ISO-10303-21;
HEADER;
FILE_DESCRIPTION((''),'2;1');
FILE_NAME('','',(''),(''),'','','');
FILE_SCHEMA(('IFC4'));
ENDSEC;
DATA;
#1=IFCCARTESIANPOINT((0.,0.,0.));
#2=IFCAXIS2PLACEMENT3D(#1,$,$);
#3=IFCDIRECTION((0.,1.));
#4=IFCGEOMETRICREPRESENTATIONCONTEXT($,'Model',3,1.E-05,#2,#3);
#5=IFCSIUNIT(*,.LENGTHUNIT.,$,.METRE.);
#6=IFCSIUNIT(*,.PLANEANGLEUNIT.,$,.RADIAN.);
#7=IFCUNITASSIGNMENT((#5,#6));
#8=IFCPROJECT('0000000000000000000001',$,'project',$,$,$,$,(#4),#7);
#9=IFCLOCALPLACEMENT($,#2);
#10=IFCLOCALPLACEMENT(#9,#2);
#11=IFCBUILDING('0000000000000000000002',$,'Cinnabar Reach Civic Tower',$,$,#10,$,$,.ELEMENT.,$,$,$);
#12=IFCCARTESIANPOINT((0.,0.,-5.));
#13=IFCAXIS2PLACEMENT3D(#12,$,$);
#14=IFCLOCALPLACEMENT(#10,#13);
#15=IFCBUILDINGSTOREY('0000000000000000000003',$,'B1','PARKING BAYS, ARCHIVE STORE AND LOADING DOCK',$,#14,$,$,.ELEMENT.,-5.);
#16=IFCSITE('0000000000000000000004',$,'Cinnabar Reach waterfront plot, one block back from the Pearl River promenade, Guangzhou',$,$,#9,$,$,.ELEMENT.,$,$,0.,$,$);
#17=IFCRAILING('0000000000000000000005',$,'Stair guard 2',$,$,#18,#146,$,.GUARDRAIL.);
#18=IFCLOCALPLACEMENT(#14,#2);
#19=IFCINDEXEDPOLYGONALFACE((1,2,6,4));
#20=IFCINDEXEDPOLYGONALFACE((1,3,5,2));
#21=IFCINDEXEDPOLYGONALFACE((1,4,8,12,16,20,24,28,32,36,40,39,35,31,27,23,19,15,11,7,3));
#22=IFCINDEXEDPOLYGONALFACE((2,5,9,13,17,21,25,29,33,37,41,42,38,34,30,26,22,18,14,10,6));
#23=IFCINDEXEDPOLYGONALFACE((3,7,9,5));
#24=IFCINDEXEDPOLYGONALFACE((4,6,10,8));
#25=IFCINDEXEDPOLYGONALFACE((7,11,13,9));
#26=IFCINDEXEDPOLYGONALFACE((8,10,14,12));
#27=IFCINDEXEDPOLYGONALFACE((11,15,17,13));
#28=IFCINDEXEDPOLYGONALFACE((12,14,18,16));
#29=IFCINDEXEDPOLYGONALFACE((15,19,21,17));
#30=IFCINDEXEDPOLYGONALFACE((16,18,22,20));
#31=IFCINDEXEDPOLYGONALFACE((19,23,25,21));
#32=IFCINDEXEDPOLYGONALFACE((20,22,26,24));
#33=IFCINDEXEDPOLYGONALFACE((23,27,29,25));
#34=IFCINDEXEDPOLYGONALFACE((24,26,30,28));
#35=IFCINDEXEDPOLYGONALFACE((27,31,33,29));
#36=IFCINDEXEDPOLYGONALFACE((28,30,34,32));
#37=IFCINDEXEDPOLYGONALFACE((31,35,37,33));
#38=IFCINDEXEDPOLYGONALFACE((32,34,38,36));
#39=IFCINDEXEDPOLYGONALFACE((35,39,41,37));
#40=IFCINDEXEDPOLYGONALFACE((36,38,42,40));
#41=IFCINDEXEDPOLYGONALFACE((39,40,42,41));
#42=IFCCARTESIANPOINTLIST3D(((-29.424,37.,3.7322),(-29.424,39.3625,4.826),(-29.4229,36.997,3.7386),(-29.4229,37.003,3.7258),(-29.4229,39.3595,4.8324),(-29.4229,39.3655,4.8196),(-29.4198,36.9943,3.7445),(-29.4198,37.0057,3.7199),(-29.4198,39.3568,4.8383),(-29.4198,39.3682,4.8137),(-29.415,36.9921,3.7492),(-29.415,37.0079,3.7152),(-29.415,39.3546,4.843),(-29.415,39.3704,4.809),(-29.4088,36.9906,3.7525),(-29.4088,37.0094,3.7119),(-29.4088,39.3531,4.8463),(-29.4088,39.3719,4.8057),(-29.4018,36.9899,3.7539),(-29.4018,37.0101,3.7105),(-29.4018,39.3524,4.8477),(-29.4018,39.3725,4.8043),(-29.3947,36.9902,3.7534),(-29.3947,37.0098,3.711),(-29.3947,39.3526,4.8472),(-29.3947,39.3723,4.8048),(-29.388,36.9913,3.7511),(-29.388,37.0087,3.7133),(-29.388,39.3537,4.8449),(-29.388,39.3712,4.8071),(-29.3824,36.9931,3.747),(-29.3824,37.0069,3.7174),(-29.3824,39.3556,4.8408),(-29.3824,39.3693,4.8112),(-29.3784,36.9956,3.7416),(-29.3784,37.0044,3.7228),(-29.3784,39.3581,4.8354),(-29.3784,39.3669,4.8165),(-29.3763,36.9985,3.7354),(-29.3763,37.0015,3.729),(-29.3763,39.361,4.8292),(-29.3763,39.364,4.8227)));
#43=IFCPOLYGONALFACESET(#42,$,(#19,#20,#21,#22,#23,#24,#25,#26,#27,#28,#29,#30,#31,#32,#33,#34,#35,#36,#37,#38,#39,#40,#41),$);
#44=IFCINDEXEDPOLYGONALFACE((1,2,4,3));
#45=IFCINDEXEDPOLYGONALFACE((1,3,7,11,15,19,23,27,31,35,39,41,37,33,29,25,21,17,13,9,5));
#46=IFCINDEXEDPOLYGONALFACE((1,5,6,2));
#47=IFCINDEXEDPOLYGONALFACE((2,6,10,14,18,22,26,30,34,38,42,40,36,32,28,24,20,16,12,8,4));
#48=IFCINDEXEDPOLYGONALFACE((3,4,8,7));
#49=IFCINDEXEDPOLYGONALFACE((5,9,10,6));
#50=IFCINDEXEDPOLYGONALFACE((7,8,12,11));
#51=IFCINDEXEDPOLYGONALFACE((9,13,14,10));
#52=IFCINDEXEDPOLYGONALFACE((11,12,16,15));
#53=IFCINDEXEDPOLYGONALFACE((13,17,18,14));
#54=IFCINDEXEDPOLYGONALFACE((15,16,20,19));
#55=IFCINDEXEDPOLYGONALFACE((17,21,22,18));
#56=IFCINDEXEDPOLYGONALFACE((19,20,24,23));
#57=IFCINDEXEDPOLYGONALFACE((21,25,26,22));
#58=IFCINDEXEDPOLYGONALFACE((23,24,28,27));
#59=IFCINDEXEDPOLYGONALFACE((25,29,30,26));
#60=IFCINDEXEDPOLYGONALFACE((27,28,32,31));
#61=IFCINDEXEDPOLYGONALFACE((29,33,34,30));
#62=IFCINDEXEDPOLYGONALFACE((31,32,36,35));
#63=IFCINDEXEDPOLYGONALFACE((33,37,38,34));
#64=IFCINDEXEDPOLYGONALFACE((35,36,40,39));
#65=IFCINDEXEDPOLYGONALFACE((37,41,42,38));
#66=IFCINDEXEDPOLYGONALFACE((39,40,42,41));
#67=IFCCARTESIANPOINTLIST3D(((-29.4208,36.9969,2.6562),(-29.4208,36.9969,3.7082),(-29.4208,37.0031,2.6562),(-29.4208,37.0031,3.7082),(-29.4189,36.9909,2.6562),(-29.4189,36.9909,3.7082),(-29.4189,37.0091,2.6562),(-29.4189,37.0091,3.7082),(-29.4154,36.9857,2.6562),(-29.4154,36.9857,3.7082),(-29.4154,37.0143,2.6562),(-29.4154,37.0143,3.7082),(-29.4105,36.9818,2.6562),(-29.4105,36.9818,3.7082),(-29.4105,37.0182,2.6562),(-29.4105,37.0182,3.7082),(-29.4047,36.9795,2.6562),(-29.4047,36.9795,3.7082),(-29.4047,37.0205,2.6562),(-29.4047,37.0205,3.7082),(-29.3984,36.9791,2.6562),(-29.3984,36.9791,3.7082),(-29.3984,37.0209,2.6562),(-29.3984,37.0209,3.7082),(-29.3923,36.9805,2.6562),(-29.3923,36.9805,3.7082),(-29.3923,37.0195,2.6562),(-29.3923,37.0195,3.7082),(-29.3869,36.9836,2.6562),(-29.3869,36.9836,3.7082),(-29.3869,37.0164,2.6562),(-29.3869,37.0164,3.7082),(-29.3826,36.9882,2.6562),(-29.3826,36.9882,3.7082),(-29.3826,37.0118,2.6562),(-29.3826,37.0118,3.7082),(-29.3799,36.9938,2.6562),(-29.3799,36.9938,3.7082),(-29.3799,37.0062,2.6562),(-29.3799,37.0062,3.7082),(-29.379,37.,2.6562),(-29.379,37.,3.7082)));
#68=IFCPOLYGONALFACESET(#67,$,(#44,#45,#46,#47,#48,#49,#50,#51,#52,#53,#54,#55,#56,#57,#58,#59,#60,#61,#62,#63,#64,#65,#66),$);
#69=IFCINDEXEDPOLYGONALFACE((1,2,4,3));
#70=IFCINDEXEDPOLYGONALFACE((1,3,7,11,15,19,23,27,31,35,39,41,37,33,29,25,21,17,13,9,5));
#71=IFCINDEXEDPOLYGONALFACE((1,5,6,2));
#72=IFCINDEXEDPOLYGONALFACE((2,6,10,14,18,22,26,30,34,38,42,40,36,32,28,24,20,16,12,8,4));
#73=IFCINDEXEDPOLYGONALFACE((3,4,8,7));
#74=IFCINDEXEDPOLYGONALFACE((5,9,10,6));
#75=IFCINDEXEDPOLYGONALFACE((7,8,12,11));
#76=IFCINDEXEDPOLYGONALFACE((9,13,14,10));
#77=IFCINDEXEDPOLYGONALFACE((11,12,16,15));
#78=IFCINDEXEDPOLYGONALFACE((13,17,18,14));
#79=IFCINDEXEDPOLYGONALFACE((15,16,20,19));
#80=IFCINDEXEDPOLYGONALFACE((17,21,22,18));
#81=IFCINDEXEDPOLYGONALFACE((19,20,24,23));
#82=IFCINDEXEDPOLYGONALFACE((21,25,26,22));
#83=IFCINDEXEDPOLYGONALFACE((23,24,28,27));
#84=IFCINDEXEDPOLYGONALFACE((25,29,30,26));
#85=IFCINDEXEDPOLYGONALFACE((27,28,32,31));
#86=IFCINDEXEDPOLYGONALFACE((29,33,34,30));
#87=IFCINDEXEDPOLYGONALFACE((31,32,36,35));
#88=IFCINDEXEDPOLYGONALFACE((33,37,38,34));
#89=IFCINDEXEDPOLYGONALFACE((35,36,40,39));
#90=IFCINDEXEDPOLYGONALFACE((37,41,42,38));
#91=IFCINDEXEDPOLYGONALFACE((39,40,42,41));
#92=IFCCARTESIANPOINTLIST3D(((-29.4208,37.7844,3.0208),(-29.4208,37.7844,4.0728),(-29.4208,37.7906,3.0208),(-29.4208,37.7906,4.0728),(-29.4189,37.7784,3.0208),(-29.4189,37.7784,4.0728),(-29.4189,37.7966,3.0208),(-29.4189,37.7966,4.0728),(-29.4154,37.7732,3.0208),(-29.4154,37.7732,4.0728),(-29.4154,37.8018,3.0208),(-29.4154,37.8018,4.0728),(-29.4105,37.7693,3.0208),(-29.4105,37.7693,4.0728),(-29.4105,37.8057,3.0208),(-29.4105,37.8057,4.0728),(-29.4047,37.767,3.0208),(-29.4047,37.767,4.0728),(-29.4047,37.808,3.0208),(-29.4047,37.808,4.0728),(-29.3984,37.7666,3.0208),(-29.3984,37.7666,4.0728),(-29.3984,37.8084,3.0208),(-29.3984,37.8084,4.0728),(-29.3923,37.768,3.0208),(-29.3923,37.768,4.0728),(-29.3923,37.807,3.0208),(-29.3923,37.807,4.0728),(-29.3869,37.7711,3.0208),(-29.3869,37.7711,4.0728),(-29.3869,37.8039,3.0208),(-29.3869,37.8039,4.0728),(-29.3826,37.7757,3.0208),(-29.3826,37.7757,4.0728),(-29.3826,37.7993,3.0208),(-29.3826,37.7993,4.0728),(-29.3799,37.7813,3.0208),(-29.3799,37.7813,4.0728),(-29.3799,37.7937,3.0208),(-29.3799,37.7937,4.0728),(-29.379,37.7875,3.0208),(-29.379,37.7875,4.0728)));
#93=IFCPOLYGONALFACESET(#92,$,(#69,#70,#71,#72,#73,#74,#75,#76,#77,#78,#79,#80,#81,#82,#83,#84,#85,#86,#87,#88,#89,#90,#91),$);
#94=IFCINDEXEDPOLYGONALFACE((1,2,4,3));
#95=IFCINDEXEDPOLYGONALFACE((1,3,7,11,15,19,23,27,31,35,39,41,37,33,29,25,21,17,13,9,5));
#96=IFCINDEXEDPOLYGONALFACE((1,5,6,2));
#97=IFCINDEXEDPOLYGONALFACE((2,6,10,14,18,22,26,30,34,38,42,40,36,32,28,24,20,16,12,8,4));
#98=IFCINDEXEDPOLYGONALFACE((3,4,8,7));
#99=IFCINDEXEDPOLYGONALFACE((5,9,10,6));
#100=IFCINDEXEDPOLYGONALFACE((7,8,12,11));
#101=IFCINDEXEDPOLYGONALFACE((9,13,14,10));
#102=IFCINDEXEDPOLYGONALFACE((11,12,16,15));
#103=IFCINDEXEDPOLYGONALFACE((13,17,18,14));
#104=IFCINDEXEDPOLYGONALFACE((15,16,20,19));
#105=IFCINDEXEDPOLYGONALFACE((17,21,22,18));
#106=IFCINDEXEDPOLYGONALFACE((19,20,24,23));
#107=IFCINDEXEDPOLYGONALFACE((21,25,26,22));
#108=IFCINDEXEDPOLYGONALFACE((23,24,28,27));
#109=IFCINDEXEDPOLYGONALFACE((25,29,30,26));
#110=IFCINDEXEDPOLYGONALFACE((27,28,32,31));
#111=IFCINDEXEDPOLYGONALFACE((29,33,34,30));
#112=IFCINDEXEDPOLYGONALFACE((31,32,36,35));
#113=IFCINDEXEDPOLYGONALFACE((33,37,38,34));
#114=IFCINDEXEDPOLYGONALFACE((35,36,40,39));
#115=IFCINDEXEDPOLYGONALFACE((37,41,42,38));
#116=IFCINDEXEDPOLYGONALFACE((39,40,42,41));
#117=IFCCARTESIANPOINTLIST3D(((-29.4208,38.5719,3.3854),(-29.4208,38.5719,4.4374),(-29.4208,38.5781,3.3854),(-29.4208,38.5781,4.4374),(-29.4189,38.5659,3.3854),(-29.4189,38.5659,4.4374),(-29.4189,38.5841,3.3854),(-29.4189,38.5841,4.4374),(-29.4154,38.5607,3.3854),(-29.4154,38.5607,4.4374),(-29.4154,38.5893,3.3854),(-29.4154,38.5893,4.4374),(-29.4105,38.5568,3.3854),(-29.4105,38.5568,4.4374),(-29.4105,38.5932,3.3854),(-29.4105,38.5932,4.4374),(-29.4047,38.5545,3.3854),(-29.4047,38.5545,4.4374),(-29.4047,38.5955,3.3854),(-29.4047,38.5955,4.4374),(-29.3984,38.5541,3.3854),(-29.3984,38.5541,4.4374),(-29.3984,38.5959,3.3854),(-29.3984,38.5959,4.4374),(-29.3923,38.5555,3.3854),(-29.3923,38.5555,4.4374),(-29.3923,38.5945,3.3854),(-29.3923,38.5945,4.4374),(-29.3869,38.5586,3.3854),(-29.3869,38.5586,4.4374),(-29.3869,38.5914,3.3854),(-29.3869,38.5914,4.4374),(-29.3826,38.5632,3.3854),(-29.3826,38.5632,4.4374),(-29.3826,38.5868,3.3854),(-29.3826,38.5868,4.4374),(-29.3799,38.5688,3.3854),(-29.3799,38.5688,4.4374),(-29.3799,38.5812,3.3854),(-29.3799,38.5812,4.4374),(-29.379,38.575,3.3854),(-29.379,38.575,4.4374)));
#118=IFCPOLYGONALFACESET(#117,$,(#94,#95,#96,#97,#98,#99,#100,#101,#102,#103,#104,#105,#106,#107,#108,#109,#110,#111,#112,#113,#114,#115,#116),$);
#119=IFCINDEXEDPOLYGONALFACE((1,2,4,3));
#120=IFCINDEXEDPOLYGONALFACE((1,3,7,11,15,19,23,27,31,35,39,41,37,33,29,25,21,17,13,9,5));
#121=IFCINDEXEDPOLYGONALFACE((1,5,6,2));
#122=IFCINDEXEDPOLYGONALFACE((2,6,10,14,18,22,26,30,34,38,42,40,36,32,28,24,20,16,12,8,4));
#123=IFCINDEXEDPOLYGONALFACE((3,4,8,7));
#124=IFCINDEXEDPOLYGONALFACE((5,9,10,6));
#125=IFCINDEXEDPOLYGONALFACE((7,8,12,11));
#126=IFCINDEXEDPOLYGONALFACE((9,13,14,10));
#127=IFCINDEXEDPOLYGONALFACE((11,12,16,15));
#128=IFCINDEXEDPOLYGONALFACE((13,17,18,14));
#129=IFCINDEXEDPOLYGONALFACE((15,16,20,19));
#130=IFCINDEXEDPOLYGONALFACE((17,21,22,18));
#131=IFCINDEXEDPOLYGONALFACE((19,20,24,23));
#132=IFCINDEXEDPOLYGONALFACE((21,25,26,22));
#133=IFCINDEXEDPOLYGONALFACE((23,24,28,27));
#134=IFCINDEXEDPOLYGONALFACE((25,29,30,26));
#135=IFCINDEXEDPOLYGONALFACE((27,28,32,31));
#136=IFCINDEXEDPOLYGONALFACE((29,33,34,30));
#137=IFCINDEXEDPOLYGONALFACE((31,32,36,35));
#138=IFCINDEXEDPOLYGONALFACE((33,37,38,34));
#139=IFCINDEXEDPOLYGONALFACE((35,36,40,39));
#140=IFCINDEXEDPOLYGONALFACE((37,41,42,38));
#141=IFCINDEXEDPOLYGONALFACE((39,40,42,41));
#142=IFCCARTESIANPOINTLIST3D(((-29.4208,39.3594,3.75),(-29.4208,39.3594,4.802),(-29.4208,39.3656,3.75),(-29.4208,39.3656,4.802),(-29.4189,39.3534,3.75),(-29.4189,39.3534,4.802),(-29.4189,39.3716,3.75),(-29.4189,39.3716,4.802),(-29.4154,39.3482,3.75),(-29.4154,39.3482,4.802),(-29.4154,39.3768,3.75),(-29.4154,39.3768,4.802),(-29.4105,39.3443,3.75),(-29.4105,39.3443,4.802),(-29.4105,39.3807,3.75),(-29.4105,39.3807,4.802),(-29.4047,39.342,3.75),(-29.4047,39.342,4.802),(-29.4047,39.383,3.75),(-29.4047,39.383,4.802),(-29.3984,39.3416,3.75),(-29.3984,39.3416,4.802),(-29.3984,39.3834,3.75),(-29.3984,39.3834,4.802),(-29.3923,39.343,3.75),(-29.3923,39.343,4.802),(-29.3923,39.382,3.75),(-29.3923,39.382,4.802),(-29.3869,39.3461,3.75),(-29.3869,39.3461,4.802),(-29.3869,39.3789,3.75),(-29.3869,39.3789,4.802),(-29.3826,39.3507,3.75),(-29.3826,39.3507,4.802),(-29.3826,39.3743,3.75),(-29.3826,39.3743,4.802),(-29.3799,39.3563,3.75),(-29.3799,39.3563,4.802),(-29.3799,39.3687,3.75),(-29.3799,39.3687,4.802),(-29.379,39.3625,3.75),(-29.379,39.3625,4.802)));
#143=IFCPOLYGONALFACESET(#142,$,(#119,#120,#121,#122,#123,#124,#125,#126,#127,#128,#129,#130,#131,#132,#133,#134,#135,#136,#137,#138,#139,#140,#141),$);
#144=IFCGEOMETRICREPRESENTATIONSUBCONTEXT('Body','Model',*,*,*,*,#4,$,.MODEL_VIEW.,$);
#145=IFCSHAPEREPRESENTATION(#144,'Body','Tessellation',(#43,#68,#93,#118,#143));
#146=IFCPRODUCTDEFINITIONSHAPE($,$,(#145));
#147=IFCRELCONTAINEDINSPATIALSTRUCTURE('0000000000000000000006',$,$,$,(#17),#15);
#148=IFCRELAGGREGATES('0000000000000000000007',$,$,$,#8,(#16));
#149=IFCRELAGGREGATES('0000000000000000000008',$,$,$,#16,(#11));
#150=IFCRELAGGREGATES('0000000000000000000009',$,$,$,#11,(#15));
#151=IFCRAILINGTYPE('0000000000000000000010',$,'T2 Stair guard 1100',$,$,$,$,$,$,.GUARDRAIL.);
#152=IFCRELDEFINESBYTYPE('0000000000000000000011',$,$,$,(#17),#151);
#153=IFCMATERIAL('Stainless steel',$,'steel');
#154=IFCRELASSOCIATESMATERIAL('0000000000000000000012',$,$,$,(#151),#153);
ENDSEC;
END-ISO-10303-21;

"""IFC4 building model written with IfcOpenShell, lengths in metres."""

from ifc_helpers import new_model, si_unit, direction, frame, origin, origin_2d, place, context, subcontext, project, spatial, circle, extrude, material, type_object, element, save


model = new_model("IFC4")

# Units and contexts
model_context = context("Model", 3, precision=1e-05, world=origin(), true_north=direction((0.0, 1.0)))
body_context = subcontext(model_context, "Body", "Model", "MODEL_VIEW")
ifc_project = project(units=[si_unit("LENGTHUNIT", "METRE"), si_unit("PLANEANGLEUNIT", "RADIAN")], contexts=[model_context])

# Site, building, storey
site_placement = place(None, origin())
site = spatial("IfcSite", under=ifc_project, at=site_placement, Name="Cinnabar Reach waterfront plot, one block back from the Pearl River promenade, Guangzhou", CompositionType="ELEMENT", RefElevation=0.0)
building_placement = place(site_placement, origin())
building = spatial("IfcBuilding", under=site, at=building_placement, Name="Cinnabar Reach Civic Tower", CompositionType="ELEMENT")
storey_placement = place(building_placement, frame((0.0, 0.0, -5.0)))
storey = spatial("IfcBuildingStorey", under=building, at=storey_placement, Name="B1", Description="PARKING BAYS, ARCHIVE STORE AND LOADING DOCK", CompositionType="ELEMENT", Elevation=-5.0)

# Railing
ifc_material_1 = material(Name="Stainless steel", Category="steel")
railing_type = type_object("IfcRailingType", Name="T2 Stair guard 1100", PredefinedType="GUARDRAIL", material=ifc_material_1)
railing_1_placement = place(storey_placement, frame((-29.4, 37.0, 2.6562)))
element("IfcRailing", 1, at=railing_1_placement, inside=storey, type_object=railing_type, Name="Stair guard 2", PredefinedType="GUARDRAIL", context=body_context, shape_type="SweptSolid", body=[
    extrude(circle(Radius=0.024, at=origin_2d()), frame((0.0, 0.0, 1.076), z_axis=(0.0, 0.90746, 0.420139), x_axis=(-1.0, 0.0, 0.0)), (0.0, 0.0, 1.0), 2.6034),
    extrude(circle(Radius=0.021, at=origin_2d()), origin(), (0.0, 0.0, 1.0), 1.052),
    extrude(circle(Radius=0.021, at=origin_2d()), frame((0.0, 0.7875, 0.3646)), (0.0, 0.0, 1.0), 1.052),
    extrude(circle(Radius=0.021, at=origin_2d()), frame((0.0, 1.575, 0.7292)), (0.0, 0.0, 1.0), 1.052),
    extrude(circle(Radius=0.021, at=origin_2d()), frame((0.0, 2.3625, 1.0938)), (0.0, 0.0, 1.0), 1.052),
])

save(model, "model.ifc")
